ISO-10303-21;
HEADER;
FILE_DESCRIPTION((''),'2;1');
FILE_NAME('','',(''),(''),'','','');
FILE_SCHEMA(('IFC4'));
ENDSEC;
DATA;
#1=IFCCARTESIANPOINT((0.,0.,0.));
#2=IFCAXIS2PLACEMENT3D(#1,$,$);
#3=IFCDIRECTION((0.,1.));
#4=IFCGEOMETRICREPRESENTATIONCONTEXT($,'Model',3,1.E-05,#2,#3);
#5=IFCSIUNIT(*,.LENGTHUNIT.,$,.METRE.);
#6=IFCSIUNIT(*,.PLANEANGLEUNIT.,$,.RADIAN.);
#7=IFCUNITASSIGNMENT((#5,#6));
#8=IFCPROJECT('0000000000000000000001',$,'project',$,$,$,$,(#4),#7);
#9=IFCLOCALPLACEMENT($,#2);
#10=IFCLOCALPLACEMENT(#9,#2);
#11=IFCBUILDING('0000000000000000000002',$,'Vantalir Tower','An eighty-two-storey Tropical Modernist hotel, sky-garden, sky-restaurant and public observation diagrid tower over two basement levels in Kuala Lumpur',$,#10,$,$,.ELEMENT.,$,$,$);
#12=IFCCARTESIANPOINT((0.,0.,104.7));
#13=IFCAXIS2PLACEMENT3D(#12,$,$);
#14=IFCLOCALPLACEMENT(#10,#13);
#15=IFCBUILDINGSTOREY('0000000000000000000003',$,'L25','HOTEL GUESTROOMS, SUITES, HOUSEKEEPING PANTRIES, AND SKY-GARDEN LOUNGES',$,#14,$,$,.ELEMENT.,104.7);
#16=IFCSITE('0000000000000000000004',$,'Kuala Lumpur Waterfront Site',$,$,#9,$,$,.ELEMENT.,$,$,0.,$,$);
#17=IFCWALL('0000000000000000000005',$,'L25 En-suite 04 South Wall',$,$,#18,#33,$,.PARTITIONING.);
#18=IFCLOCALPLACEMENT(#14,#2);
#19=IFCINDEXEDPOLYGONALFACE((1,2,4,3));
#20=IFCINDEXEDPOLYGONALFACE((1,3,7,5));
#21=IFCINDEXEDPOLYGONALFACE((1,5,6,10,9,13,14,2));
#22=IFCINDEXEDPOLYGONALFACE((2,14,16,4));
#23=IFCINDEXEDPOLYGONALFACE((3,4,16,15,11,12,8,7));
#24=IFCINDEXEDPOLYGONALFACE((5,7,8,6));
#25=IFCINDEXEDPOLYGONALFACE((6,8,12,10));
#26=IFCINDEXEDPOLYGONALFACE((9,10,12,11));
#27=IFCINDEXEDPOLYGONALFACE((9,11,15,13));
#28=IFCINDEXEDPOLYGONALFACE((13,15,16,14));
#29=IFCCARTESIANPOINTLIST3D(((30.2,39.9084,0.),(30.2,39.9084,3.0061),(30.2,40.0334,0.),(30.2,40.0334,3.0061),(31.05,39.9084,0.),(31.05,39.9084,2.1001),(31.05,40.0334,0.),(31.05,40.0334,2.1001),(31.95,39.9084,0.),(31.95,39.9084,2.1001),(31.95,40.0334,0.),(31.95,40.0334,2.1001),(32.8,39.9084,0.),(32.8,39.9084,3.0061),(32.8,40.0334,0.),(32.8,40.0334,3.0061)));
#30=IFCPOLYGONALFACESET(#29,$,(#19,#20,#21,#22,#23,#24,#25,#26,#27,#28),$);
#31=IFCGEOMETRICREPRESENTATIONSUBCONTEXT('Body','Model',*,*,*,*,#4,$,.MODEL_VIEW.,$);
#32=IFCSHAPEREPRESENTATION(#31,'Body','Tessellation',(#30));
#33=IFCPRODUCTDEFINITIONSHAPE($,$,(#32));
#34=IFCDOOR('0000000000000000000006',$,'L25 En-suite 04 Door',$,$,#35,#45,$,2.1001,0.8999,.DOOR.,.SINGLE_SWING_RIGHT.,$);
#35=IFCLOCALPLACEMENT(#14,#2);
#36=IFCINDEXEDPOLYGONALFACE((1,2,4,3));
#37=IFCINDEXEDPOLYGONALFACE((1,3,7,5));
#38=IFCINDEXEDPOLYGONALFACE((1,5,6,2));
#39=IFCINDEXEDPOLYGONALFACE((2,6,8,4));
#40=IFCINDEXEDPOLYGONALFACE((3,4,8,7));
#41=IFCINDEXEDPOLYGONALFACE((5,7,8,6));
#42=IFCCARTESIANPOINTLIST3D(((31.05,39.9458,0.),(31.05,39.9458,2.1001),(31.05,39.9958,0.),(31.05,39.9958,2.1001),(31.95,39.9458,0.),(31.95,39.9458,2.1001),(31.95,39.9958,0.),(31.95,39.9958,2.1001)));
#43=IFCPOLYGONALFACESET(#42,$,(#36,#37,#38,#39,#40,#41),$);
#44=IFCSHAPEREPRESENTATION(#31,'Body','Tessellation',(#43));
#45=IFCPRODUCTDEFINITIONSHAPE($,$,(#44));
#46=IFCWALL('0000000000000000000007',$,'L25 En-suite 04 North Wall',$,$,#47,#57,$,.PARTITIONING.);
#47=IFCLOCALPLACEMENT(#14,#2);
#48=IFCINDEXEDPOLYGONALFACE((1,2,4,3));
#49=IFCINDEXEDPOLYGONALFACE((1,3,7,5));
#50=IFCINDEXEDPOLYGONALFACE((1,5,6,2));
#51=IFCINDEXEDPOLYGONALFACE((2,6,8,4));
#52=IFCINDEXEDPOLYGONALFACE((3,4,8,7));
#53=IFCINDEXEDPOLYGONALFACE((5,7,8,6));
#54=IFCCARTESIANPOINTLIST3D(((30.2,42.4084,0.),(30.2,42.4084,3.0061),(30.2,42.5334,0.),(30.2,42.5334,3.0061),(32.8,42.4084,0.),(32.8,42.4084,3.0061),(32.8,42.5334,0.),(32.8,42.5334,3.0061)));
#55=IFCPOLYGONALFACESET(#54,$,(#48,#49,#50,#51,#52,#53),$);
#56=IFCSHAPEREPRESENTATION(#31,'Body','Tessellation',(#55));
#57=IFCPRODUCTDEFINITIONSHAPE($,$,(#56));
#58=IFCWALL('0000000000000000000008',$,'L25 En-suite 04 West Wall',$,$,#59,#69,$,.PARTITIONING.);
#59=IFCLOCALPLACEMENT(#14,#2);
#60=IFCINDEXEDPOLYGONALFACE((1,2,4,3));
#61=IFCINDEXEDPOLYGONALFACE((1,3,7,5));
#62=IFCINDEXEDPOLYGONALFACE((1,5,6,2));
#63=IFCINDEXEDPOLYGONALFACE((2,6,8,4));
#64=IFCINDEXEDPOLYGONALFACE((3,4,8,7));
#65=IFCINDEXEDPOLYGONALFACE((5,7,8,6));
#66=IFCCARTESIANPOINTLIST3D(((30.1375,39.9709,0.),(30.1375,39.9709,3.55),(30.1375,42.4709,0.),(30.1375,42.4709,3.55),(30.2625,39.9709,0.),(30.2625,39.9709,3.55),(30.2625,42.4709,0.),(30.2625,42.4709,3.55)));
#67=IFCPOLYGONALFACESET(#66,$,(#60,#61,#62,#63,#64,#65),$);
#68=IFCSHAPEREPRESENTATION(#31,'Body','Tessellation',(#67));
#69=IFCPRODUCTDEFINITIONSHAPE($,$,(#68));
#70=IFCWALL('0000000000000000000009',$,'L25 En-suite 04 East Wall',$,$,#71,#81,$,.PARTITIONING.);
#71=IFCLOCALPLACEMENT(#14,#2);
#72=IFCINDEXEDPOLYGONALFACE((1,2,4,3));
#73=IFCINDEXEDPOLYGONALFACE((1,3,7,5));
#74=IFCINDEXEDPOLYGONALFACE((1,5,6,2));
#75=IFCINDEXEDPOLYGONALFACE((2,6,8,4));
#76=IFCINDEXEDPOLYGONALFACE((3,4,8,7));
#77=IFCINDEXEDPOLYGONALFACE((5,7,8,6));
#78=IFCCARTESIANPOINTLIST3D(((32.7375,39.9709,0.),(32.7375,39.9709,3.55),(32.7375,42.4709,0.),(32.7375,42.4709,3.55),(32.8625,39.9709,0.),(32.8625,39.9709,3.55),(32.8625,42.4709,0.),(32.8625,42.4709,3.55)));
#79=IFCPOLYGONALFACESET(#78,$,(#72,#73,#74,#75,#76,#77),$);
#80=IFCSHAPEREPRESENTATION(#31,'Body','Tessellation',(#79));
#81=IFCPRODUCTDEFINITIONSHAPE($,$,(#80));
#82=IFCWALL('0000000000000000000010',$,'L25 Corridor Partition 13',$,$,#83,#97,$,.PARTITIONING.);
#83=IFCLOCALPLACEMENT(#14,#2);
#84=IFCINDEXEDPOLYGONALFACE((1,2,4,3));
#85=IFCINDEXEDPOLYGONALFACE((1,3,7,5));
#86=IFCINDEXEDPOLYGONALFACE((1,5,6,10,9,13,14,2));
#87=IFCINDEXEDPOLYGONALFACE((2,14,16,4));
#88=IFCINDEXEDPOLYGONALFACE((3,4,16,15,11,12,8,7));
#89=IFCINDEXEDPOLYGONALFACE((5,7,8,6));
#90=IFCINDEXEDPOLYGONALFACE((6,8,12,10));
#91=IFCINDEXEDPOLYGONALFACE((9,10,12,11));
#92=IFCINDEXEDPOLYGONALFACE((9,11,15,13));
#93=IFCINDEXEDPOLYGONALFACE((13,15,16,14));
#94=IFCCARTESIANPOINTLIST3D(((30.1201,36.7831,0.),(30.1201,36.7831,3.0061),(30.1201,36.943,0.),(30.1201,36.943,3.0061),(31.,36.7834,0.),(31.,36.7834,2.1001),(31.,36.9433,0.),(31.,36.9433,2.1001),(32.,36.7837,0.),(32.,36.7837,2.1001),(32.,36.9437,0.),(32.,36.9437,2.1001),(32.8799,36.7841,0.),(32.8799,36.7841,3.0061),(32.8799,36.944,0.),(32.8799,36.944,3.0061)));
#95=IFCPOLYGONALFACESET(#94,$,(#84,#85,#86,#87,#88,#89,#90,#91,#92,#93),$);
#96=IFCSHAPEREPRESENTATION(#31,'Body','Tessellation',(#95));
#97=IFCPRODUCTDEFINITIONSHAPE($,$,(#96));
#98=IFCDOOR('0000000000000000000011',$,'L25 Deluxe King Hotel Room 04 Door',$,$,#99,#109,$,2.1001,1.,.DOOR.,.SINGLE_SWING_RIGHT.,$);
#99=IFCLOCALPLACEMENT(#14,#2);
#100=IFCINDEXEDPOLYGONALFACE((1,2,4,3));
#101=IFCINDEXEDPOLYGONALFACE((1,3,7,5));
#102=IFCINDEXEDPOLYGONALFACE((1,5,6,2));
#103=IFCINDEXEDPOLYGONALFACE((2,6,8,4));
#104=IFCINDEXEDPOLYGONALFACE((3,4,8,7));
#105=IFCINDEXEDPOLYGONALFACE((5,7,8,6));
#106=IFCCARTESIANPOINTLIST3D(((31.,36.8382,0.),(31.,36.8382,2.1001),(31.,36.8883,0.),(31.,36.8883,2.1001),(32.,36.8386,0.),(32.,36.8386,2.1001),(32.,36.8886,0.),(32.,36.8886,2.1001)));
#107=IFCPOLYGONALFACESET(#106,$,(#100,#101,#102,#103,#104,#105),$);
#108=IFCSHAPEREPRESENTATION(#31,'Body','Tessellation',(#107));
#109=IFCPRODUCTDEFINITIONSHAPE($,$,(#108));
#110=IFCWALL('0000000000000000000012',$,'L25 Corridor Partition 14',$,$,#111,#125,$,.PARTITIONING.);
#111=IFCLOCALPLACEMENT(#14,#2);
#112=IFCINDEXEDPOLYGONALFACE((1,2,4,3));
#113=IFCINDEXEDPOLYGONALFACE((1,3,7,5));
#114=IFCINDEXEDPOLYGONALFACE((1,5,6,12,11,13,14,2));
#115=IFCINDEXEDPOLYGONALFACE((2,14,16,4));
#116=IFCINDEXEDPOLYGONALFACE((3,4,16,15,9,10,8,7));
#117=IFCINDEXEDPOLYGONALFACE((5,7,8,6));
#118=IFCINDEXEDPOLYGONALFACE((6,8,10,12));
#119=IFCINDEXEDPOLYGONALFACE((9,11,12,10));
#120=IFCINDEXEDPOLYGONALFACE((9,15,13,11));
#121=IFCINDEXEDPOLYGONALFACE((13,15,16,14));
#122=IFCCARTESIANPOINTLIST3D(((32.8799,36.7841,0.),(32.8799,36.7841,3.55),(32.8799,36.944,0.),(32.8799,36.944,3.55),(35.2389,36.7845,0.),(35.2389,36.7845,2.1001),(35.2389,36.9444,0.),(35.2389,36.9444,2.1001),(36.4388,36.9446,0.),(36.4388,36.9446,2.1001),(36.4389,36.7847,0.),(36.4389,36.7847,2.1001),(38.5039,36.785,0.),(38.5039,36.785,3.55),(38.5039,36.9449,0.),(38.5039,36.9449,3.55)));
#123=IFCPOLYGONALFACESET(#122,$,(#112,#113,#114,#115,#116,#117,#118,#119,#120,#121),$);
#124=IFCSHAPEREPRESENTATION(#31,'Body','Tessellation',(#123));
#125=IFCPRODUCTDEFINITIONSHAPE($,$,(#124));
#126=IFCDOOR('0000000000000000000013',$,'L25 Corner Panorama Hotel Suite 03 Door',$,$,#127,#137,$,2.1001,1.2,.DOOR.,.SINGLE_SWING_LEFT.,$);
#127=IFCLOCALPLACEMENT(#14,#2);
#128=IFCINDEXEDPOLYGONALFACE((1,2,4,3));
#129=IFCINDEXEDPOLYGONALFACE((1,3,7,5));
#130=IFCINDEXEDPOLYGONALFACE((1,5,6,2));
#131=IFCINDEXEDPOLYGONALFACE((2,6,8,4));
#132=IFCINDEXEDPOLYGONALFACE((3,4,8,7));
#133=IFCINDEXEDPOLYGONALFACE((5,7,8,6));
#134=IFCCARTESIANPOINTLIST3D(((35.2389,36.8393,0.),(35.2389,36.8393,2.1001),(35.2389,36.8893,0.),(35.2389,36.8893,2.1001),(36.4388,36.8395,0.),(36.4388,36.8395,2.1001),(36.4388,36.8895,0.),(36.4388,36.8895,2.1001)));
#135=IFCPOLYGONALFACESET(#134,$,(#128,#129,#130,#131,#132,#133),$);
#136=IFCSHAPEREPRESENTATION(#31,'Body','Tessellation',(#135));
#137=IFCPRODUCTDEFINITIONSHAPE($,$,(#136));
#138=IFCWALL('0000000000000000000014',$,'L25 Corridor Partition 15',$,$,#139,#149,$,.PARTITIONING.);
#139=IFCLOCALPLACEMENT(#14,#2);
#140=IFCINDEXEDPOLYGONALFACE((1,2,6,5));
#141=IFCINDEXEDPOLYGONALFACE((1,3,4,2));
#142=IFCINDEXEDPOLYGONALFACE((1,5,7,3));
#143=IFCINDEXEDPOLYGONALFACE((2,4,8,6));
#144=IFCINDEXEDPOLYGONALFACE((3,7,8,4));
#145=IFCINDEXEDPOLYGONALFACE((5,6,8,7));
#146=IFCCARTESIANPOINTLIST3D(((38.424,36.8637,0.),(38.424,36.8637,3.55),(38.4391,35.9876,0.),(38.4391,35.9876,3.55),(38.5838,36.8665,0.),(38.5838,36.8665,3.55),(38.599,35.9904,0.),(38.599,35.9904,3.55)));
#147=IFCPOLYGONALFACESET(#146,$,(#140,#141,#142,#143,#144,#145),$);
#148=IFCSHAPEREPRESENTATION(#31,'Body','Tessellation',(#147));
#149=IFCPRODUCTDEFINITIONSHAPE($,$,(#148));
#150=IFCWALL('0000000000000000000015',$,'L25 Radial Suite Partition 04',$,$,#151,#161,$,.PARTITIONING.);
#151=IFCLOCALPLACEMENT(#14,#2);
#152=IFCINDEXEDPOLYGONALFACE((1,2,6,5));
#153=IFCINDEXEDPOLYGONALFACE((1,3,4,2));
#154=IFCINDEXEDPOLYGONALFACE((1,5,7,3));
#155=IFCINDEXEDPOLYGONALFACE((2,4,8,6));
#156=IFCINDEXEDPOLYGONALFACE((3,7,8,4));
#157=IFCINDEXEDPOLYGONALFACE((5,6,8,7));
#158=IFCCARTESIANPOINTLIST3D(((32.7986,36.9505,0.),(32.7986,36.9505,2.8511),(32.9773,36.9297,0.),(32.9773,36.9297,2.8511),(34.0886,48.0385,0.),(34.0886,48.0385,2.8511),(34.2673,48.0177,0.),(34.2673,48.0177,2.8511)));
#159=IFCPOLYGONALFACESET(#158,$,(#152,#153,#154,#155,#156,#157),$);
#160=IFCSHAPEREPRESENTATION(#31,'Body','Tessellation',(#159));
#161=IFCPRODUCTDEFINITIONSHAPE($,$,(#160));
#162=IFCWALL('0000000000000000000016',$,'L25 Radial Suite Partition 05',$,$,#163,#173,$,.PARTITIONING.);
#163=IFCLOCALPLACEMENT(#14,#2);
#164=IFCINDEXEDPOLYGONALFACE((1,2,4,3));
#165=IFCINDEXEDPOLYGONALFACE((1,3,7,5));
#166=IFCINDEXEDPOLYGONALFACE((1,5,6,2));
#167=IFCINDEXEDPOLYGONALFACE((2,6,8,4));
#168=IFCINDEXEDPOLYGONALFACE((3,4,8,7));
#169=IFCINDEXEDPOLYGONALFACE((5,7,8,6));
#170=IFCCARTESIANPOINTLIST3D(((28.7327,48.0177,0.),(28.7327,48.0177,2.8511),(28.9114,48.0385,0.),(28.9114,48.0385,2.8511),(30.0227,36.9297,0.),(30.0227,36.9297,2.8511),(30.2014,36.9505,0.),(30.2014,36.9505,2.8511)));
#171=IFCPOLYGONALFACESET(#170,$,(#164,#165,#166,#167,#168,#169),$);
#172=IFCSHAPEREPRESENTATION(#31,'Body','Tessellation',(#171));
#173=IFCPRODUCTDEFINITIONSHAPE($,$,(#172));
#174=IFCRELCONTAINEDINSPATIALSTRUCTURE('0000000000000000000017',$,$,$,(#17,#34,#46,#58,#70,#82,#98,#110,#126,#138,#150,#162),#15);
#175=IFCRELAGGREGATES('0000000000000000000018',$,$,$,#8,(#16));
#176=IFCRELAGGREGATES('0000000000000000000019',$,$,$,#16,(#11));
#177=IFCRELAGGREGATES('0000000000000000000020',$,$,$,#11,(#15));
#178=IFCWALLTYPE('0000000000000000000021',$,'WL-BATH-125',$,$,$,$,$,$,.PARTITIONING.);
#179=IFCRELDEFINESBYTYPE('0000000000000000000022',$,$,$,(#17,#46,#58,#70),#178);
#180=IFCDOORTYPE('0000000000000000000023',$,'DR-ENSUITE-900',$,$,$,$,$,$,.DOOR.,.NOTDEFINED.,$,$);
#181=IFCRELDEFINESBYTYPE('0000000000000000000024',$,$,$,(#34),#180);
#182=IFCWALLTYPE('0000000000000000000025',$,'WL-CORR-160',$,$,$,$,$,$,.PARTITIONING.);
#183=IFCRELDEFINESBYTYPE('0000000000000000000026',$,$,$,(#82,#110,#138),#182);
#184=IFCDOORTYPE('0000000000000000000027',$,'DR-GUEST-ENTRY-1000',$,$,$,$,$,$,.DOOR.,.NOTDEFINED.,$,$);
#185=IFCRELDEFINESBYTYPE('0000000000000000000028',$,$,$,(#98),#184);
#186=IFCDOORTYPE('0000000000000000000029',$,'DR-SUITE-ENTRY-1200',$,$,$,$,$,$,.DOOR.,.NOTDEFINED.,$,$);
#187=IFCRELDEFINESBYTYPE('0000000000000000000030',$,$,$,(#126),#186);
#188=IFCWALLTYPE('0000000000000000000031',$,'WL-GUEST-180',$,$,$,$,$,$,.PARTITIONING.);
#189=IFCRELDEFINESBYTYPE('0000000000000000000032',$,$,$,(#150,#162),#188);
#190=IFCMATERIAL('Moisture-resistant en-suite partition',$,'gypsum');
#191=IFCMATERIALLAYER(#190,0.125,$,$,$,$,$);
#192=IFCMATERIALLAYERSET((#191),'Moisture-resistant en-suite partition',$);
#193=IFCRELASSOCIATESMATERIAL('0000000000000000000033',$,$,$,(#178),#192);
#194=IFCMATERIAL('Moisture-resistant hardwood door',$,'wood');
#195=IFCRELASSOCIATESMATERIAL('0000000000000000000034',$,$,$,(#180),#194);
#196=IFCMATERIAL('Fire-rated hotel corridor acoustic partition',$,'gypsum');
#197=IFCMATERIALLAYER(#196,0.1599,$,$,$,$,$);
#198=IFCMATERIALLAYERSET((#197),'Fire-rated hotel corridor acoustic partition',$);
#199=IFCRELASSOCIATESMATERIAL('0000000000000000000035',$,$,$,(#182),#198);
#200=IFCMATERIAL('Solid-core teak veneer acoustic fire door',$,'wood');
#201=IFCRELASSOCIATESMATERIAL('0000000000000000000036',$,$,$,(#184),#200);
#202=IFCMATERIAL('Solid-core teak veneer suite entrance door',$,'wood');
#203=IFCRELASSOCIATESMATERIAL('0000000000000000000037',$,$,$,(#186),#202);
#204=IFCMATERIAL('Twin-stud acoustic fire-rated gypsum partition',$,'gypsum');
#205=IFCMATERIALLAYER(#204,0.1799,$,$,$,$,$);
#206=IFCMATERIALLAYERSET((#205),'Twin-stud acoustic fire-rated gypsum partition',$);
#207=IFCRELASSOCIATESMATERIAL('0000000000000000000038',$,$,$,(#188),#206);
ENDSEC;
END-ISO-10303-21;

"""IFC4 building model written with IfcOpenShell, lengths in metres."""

from ifc_helpers import new_model, si_unit, direction, frame, frame_2d, origin, place, context, subcontext, project, spatial, rectangle, extrude, material, layer, layer_set, type_object, element, fill, save


model = new_model("IFC4")

# Units and contexts
model_context = context("Model", 3, precision=1e-05, world=origin(), true_north=direction((0.0, 1.0)))
body_context = subcontext(model_context, "Body", "Model", "MODEL_VIEW")
ifc_project = project(units=[si_unit("LENGTHUNIT", "METRE"), si_unit("PLANEANGLEUNIT", "RADIAN")], contexts=[model_context])

# Site, building, storey
site_placement = place(None, origin())
site = spatial("IfcSite", under=ifc_project, at=site_placement, Name="Kuala Lumpur Waterfront Site", CompositionType="ELEMENT", RefElevation=0.0)
building_placement = place(site_placement, origin())
building = spatial("IfcBuilding", under=site, at=building_placement, Name="Vantalir Tower", Description="An eighty-two-storey Tropical Modernist hotel, sky-garden, sky-restaurant and public observation diagrid tower over two basement levels in Kuala Lumpur", CompositionType="ELEMENT")
storey_placement = place(building_placement, frame((0.0, 0.0, 104.7)))
storey = spatial("IfcBuildingStorey", under=building, at=storey_placement, Name="L25", Description="HOTEL GUESTROOMS, SUITES, HOUSEKEEPING PANTRIES, AND SKY-GARDEN LOUNGES", CompositionType="ELEMENT", Elevation=104.7)

# Shared definitions
ifc_material_1 = material(Name="Moisture-resistant en-suite partition", Category="gypsum")
ifc_layer_1 = layer(ifc_material_1, 0.125)
ifc_layer_set_1 = layer_set([ifc_layer_1], Name="Moisture-resistant en-suite partition")
wall_type_1 = type_object("IfcWallType", Name="WL-BATH-125", PredefinedType="PARTITIONING", material=ifc_layer_set_1)
ifc_material_2 = material(Name="Moisture-resistant hardwood door", Category="wood")
door_type_1 = type_object("IfcDoorType", Name="DR-ENSUITE-900", OperationType="NOTDEFINED", PredefinedType="DOOR", material=ifc_material_2)

# Wall, opening, door
wall_1_placement = place(storey_placement, frame((30.2, 39.9709, 0.0), z_axis=(0.0, 0.0, 1.0), x_axis=(1.0, 0.0, 0.0)))
wall_1 = element("IfcWall", 1, at=wall_1_placement, inside=storey, type_object=wall_type_1, Name="L25 En-suite 04 South Wall", PredefinedType="PARTITIONING", context=body_context, shape_type="SweptSolid", body=[
    extrude(rectangle(XDim=2.6001, YDim=0.125, at=frame_2d((1.3, 0.0))), origin(), (0.0, 0.0, 1.0), 3.0061),
])
opening_1_placement = place(wall_1_placement, frame((0.8501, 0.0, 0.0)))
opening_1 = element("IfcOpeningElement", 2, at=opening_1_placement, cuts=wall_1, PredefinedType="OPENING", context=body_context, shape_type="SweptSolid", body=[
    extrude(rectangle(XDim=0.8999, YDim=2.1001, at=frame_2d((0.45, 1.05))), frame((0.0, 0.0725, 0.0), z_axis=(0.0, -1.0, 0.0), x_axis=(1.0, 0.0, 0.0)), (0.0, 0.0, 1.0), 0.145),
])
door_1_placement = place(opening_1_placement, origin())
door_1 = element("IfcDoor", 3, at=door_1_placement, inside=storey, type_object=door_type_1, Name="L25 En-suite 04 Door", OperationType="SINGLE_SWING_RIGHT", OverallHeight=2.1001, OverallWidth=0.8999, PredefinedType="DOOR", context=body_context, shape_type="SweptSolid", body=[
    extrude(rectangle(XDim=0.8999, YDim=2.1001, at=frame_2d((0.45, 1.05))), frame((0.0, 0.0249, 0.0), z_axis=(0.0, -1.0, 0.0), x_axis=(1.0, 0.0, 0.0)), (0.0, 0.0, 1.0), 0.05),
])
fill(opening_1, door_1)

# Walls
wall_2_placement = place(storey_placement, frame((30.2, 42.4709, 0.0), z_axis=(0.0, 0.0, 1.0), x_axis=(1.0, 0.0, 0.0)))
element("IfcWall", 4, at=wall_2_placement, inside=storey, type_object=wall_type_1, Name="L25 En-suite 04 North Wall", PredefinedType="PARTITIONING", context=body_context, shape_type="SweptSolid", body=[
    extrude(rectangle(XDim=2.6001, YDim=0.125, at=frame_2d((1.3, 0.0))), origin(), (0.0, 0.0, 1.0), 3.0061),
])
for number, where, z_axis, x_axis, name in (
    (5, (30.2, 39.9709, 0.0), (0.0, 0.0, 1.0), (0.0, 1.0, 0.0), "L25 En-suite 04 West Wall"),
    (6, (32.8, 39.9709, 0.0), (0.0, 0.0, 1.0), (0.0, 1.0, 0.0), "L25 En-suite 04 East Wall"),
):
    element("IfcWall", number, at=place(storey_placement, frame(where, z_axis=z_axis, x_axis=x_axis)), inside=storey, type_object=wall_type_1, Name=name, PredefinedType="PARTITIONING", context=body_context, shape_type="SweptSolid", body=[
        extrude(rectangle(XDim=2.5, YDim=0.125, at=frame_2d((1.25, 0.0))), origin(), (0.0, 0.0, 1.0), 3.55),
    ])

# Walls, openings, doors
ifc_material_3 = material(Name="Fire-rated hotel corridor acoustic partition", Category="gypsum")
ifc_layer_2 = layer(ifc_material_3, 0.1599)
ifc_layer_set_2 = layer_set([ifc_layer_2], Name="Fire-rated hotel corridor acoustic partition")
wall_type_2 = type_object("IfcWallType", Name="WL-CORR-160", PredefinedType="PARTITIONING", material=ifc_layer_set_2)
wall_3_placement = place(storey_placement, frame((30.1201, 36.863, 0.0), z_axis=(0.0, 0.0, 1.0), x_axis=(1.0, 0.000354, 0.0)))
wall_3 = element("IfcWall", 7, at=wall_3_placement, inside=storey, type_object=wall_type_2, Name="L25 Corridor Partition 13", PredefinedType="PARTITIONING", context=body_context, shape_type="SweptSolid", body=[
    extrude(rectangle(XDim=2.7598, YDim=0.1599, at=frame_2d((1.3799, 0.0))), origin(), (0.0, 0.0, 1.0), 3.0061),
])
opening_2_placement = place(wall_3_placement, frame((0.8799, 0.0, 0.0)))
opening_2 = element("IfcOpeningElement", 8, at=opening_2_placement, cuts=wall_3, PredefinedType="OPENING", context=body_context, shape_type="SweptSolid", body=[
    extrude(rectangle(XDim=1.0, YDim=2.1001, at=frame_2d((0.5, 1.05))), frame((0.0, 0.0898, 0.0), z_axis=(0.0, -1.0, 0.0), x_axis=(1.0, 0.0, 0.0)), (0.0, 0.0, 1.0), 0.1799),
])
ifc_material_4 = material(Name="Solid-core teak veneer acoustic fire door", Category="wood")
door_type_2 = type_object("IfcDoorType", Name="DR-GUEST-ENTRY-1000", OperationType="NOTDEFINED", PredefinedType="DOOR", material=ifc_material_4)
door_2_placement = place(opening_2_placement, origin())
door_2 = element("IfcDoor", 9, at=door_2_placement, inside=storey, type_object=door_type_2, Name="L25 Deluxe King Hotel Room 04 Door", OperationType="SINGLE_SWING_RIGHT", OverallHeight=2.1001, OverallWidth=1.0, PredefinedType="DOOR", context=body_context, shape_type="SweptSolid", body=[
    extrude(rectangle(XDim=1.0, YDim=2.1001, at=frame_2d((0.5, 1.05))), frame((0.0, 0.0249, 0.0), z_axis=(0.0, -1.0, 0.0), x_axis=(1.0, 0.0, 0.0)), (0.0, 0.0, 1.0), 0.05),
])
fill(opening_2, door_2)
wall_4_placement = place(storey_placement, frame((32.8799, 36.864, 0.0), z_axis=(0.0, 0.0, 1.0), x_axis=(1.0, 0.000174, 0.0)))
wall_4 = element("IfcWall", 10, at=wall_4_placement, inside=storey, type_object=wall_type_2, Name="L25 Corridor Partition 14", PredefinedType="PARTITIONING", context=body_context, shape_type="SweptSolid", body=[
    extrude(rectangle(XDim=5.624, YDim=0.1599, at=frame_2d((2.812, 0.0))), origin(), (0.0, 0.0, 1.0), 3.55),
])
opening_3_placement = place(wall_4_placement, frame((2.3589, 0.0, 0.0)))
opening_3 = element("IfcOpeningElement", 11, at=opening_3_placement, cuts=wall_4, PredefinedType="OPENING", context=body_context, shape_type="SweptSolid", body=[
    extrude(rectangle(XDim=1.2, YDim=2.1001, at=frame_2d((0.6001, 1.05))), frame((0.0, 0.0898, 0.0), z_axis=(0.0, -1.0, 0.0), x_axis=(1.0, 0.0, 0.0)), (0.0, 0.0, 1.0), 0.1799),
])
ifc_material_5 = material(Name="Solid-core teak veneer suite entrance door", Category="wood")
door_type_3 = type_object("IfcDoorType", Name="DR-SUITE-ENTRY-1200", OperationType="NOTDEFINED", PredefinedType="DOOR", material=ifc_material_5)
door_3_placement = place(opening_3_placement, origin())
door_3 = element("IfcDoor", 12, at=door_3_placement, inside=storey, type_object=door_type_3, Name="L25 Corner Panorama Hotel Suite 03 Door", OperationType="SINGLE_SWING_LEFT", OverallHeight=2.1001, OverallWidth=1.2, PredefinedType="DOOR", context=body_context, shape_type="SweptSolid", body=[
    extrude(rectangle(XDim=1.2, YDim=2.1001, at=frame_2d((0.6001, 1.05))), frame((0.0, 0.0249, 0.0), z_axis=(0.0, -1.0, 0.0), x_axis=(1.0, 0.0, 0.0)), (0.0, 0.0, 1.0), 0.05),
])
fill(opening_3, door_3)

# Walls
wall_5_placement = place(storey_placement, frame((38.5039, 36.865, 0.0), z_axis=(0.0, 0.0, 1.0), x_axis=(0.017277, -0.999851, 0.0)))
element("IfcWall", 13, at=wall_5_placement, inside=storey, type_object=wall_type_2, Name="L25 Corridor Partition 15", PredefinedType="PARTITIONING", context=body_context, shape_type="SweptSolid", body=[
    extrude(rectangle(XDim=0.8762, YDim=0.1599, at=frame_2d((0.438, 0.0))), origin(), (0.0, 0.0, 1.0), 3.55),
])
ifc_material_6 = material(Name="Twin-stud acoustic fire-rated gypsum partition", Category="gypsum")
ifc_layer_3 = layer(ifc_material_6, 0.1799)
ifc_layer_set_3 = layer_set([ifc_layer_3], Name="Twin-stud acoustic fire-rated gypsum partition")
wall_type_3 = type_object("IfcWallType", Name="WL-GUEST-180", PredefinedType="PARTITIONING", material=ifc_layer_set_3)
for number, where, z_axis, x_axis, name in (
    (14, (32.8879, 36.9399, 0.0), (0.0, 0.0, 1.0), (0.115565, 0.9933, 0.0), "L25 Radial Suite Partition 04"),
    (15, (30.1121, 36.9399, 0.0), (0.0, 0.0, 1.0), (-0.115565, 0.9933, 0.0), "L25 Radial Suite Partition 05"),
):
    element("IfcWall", number, at=place(storey_placement, frame(where, z_axis=z_axis, x_axis=x_axis)), inside=storey, type_object=wall_type_3, Name=name, PredefinedType="PARTITIONING", context=body_context, shape_type="SweptSolid", body=[
        extrude(rectangle(XDim=11.1628, YDim=0.1799, at=frame_2d((5.5815, 0.0))), origin(), (0.0, 0.0, 1.0), 2.8511),
    ])

save(model, "model.ifc")
